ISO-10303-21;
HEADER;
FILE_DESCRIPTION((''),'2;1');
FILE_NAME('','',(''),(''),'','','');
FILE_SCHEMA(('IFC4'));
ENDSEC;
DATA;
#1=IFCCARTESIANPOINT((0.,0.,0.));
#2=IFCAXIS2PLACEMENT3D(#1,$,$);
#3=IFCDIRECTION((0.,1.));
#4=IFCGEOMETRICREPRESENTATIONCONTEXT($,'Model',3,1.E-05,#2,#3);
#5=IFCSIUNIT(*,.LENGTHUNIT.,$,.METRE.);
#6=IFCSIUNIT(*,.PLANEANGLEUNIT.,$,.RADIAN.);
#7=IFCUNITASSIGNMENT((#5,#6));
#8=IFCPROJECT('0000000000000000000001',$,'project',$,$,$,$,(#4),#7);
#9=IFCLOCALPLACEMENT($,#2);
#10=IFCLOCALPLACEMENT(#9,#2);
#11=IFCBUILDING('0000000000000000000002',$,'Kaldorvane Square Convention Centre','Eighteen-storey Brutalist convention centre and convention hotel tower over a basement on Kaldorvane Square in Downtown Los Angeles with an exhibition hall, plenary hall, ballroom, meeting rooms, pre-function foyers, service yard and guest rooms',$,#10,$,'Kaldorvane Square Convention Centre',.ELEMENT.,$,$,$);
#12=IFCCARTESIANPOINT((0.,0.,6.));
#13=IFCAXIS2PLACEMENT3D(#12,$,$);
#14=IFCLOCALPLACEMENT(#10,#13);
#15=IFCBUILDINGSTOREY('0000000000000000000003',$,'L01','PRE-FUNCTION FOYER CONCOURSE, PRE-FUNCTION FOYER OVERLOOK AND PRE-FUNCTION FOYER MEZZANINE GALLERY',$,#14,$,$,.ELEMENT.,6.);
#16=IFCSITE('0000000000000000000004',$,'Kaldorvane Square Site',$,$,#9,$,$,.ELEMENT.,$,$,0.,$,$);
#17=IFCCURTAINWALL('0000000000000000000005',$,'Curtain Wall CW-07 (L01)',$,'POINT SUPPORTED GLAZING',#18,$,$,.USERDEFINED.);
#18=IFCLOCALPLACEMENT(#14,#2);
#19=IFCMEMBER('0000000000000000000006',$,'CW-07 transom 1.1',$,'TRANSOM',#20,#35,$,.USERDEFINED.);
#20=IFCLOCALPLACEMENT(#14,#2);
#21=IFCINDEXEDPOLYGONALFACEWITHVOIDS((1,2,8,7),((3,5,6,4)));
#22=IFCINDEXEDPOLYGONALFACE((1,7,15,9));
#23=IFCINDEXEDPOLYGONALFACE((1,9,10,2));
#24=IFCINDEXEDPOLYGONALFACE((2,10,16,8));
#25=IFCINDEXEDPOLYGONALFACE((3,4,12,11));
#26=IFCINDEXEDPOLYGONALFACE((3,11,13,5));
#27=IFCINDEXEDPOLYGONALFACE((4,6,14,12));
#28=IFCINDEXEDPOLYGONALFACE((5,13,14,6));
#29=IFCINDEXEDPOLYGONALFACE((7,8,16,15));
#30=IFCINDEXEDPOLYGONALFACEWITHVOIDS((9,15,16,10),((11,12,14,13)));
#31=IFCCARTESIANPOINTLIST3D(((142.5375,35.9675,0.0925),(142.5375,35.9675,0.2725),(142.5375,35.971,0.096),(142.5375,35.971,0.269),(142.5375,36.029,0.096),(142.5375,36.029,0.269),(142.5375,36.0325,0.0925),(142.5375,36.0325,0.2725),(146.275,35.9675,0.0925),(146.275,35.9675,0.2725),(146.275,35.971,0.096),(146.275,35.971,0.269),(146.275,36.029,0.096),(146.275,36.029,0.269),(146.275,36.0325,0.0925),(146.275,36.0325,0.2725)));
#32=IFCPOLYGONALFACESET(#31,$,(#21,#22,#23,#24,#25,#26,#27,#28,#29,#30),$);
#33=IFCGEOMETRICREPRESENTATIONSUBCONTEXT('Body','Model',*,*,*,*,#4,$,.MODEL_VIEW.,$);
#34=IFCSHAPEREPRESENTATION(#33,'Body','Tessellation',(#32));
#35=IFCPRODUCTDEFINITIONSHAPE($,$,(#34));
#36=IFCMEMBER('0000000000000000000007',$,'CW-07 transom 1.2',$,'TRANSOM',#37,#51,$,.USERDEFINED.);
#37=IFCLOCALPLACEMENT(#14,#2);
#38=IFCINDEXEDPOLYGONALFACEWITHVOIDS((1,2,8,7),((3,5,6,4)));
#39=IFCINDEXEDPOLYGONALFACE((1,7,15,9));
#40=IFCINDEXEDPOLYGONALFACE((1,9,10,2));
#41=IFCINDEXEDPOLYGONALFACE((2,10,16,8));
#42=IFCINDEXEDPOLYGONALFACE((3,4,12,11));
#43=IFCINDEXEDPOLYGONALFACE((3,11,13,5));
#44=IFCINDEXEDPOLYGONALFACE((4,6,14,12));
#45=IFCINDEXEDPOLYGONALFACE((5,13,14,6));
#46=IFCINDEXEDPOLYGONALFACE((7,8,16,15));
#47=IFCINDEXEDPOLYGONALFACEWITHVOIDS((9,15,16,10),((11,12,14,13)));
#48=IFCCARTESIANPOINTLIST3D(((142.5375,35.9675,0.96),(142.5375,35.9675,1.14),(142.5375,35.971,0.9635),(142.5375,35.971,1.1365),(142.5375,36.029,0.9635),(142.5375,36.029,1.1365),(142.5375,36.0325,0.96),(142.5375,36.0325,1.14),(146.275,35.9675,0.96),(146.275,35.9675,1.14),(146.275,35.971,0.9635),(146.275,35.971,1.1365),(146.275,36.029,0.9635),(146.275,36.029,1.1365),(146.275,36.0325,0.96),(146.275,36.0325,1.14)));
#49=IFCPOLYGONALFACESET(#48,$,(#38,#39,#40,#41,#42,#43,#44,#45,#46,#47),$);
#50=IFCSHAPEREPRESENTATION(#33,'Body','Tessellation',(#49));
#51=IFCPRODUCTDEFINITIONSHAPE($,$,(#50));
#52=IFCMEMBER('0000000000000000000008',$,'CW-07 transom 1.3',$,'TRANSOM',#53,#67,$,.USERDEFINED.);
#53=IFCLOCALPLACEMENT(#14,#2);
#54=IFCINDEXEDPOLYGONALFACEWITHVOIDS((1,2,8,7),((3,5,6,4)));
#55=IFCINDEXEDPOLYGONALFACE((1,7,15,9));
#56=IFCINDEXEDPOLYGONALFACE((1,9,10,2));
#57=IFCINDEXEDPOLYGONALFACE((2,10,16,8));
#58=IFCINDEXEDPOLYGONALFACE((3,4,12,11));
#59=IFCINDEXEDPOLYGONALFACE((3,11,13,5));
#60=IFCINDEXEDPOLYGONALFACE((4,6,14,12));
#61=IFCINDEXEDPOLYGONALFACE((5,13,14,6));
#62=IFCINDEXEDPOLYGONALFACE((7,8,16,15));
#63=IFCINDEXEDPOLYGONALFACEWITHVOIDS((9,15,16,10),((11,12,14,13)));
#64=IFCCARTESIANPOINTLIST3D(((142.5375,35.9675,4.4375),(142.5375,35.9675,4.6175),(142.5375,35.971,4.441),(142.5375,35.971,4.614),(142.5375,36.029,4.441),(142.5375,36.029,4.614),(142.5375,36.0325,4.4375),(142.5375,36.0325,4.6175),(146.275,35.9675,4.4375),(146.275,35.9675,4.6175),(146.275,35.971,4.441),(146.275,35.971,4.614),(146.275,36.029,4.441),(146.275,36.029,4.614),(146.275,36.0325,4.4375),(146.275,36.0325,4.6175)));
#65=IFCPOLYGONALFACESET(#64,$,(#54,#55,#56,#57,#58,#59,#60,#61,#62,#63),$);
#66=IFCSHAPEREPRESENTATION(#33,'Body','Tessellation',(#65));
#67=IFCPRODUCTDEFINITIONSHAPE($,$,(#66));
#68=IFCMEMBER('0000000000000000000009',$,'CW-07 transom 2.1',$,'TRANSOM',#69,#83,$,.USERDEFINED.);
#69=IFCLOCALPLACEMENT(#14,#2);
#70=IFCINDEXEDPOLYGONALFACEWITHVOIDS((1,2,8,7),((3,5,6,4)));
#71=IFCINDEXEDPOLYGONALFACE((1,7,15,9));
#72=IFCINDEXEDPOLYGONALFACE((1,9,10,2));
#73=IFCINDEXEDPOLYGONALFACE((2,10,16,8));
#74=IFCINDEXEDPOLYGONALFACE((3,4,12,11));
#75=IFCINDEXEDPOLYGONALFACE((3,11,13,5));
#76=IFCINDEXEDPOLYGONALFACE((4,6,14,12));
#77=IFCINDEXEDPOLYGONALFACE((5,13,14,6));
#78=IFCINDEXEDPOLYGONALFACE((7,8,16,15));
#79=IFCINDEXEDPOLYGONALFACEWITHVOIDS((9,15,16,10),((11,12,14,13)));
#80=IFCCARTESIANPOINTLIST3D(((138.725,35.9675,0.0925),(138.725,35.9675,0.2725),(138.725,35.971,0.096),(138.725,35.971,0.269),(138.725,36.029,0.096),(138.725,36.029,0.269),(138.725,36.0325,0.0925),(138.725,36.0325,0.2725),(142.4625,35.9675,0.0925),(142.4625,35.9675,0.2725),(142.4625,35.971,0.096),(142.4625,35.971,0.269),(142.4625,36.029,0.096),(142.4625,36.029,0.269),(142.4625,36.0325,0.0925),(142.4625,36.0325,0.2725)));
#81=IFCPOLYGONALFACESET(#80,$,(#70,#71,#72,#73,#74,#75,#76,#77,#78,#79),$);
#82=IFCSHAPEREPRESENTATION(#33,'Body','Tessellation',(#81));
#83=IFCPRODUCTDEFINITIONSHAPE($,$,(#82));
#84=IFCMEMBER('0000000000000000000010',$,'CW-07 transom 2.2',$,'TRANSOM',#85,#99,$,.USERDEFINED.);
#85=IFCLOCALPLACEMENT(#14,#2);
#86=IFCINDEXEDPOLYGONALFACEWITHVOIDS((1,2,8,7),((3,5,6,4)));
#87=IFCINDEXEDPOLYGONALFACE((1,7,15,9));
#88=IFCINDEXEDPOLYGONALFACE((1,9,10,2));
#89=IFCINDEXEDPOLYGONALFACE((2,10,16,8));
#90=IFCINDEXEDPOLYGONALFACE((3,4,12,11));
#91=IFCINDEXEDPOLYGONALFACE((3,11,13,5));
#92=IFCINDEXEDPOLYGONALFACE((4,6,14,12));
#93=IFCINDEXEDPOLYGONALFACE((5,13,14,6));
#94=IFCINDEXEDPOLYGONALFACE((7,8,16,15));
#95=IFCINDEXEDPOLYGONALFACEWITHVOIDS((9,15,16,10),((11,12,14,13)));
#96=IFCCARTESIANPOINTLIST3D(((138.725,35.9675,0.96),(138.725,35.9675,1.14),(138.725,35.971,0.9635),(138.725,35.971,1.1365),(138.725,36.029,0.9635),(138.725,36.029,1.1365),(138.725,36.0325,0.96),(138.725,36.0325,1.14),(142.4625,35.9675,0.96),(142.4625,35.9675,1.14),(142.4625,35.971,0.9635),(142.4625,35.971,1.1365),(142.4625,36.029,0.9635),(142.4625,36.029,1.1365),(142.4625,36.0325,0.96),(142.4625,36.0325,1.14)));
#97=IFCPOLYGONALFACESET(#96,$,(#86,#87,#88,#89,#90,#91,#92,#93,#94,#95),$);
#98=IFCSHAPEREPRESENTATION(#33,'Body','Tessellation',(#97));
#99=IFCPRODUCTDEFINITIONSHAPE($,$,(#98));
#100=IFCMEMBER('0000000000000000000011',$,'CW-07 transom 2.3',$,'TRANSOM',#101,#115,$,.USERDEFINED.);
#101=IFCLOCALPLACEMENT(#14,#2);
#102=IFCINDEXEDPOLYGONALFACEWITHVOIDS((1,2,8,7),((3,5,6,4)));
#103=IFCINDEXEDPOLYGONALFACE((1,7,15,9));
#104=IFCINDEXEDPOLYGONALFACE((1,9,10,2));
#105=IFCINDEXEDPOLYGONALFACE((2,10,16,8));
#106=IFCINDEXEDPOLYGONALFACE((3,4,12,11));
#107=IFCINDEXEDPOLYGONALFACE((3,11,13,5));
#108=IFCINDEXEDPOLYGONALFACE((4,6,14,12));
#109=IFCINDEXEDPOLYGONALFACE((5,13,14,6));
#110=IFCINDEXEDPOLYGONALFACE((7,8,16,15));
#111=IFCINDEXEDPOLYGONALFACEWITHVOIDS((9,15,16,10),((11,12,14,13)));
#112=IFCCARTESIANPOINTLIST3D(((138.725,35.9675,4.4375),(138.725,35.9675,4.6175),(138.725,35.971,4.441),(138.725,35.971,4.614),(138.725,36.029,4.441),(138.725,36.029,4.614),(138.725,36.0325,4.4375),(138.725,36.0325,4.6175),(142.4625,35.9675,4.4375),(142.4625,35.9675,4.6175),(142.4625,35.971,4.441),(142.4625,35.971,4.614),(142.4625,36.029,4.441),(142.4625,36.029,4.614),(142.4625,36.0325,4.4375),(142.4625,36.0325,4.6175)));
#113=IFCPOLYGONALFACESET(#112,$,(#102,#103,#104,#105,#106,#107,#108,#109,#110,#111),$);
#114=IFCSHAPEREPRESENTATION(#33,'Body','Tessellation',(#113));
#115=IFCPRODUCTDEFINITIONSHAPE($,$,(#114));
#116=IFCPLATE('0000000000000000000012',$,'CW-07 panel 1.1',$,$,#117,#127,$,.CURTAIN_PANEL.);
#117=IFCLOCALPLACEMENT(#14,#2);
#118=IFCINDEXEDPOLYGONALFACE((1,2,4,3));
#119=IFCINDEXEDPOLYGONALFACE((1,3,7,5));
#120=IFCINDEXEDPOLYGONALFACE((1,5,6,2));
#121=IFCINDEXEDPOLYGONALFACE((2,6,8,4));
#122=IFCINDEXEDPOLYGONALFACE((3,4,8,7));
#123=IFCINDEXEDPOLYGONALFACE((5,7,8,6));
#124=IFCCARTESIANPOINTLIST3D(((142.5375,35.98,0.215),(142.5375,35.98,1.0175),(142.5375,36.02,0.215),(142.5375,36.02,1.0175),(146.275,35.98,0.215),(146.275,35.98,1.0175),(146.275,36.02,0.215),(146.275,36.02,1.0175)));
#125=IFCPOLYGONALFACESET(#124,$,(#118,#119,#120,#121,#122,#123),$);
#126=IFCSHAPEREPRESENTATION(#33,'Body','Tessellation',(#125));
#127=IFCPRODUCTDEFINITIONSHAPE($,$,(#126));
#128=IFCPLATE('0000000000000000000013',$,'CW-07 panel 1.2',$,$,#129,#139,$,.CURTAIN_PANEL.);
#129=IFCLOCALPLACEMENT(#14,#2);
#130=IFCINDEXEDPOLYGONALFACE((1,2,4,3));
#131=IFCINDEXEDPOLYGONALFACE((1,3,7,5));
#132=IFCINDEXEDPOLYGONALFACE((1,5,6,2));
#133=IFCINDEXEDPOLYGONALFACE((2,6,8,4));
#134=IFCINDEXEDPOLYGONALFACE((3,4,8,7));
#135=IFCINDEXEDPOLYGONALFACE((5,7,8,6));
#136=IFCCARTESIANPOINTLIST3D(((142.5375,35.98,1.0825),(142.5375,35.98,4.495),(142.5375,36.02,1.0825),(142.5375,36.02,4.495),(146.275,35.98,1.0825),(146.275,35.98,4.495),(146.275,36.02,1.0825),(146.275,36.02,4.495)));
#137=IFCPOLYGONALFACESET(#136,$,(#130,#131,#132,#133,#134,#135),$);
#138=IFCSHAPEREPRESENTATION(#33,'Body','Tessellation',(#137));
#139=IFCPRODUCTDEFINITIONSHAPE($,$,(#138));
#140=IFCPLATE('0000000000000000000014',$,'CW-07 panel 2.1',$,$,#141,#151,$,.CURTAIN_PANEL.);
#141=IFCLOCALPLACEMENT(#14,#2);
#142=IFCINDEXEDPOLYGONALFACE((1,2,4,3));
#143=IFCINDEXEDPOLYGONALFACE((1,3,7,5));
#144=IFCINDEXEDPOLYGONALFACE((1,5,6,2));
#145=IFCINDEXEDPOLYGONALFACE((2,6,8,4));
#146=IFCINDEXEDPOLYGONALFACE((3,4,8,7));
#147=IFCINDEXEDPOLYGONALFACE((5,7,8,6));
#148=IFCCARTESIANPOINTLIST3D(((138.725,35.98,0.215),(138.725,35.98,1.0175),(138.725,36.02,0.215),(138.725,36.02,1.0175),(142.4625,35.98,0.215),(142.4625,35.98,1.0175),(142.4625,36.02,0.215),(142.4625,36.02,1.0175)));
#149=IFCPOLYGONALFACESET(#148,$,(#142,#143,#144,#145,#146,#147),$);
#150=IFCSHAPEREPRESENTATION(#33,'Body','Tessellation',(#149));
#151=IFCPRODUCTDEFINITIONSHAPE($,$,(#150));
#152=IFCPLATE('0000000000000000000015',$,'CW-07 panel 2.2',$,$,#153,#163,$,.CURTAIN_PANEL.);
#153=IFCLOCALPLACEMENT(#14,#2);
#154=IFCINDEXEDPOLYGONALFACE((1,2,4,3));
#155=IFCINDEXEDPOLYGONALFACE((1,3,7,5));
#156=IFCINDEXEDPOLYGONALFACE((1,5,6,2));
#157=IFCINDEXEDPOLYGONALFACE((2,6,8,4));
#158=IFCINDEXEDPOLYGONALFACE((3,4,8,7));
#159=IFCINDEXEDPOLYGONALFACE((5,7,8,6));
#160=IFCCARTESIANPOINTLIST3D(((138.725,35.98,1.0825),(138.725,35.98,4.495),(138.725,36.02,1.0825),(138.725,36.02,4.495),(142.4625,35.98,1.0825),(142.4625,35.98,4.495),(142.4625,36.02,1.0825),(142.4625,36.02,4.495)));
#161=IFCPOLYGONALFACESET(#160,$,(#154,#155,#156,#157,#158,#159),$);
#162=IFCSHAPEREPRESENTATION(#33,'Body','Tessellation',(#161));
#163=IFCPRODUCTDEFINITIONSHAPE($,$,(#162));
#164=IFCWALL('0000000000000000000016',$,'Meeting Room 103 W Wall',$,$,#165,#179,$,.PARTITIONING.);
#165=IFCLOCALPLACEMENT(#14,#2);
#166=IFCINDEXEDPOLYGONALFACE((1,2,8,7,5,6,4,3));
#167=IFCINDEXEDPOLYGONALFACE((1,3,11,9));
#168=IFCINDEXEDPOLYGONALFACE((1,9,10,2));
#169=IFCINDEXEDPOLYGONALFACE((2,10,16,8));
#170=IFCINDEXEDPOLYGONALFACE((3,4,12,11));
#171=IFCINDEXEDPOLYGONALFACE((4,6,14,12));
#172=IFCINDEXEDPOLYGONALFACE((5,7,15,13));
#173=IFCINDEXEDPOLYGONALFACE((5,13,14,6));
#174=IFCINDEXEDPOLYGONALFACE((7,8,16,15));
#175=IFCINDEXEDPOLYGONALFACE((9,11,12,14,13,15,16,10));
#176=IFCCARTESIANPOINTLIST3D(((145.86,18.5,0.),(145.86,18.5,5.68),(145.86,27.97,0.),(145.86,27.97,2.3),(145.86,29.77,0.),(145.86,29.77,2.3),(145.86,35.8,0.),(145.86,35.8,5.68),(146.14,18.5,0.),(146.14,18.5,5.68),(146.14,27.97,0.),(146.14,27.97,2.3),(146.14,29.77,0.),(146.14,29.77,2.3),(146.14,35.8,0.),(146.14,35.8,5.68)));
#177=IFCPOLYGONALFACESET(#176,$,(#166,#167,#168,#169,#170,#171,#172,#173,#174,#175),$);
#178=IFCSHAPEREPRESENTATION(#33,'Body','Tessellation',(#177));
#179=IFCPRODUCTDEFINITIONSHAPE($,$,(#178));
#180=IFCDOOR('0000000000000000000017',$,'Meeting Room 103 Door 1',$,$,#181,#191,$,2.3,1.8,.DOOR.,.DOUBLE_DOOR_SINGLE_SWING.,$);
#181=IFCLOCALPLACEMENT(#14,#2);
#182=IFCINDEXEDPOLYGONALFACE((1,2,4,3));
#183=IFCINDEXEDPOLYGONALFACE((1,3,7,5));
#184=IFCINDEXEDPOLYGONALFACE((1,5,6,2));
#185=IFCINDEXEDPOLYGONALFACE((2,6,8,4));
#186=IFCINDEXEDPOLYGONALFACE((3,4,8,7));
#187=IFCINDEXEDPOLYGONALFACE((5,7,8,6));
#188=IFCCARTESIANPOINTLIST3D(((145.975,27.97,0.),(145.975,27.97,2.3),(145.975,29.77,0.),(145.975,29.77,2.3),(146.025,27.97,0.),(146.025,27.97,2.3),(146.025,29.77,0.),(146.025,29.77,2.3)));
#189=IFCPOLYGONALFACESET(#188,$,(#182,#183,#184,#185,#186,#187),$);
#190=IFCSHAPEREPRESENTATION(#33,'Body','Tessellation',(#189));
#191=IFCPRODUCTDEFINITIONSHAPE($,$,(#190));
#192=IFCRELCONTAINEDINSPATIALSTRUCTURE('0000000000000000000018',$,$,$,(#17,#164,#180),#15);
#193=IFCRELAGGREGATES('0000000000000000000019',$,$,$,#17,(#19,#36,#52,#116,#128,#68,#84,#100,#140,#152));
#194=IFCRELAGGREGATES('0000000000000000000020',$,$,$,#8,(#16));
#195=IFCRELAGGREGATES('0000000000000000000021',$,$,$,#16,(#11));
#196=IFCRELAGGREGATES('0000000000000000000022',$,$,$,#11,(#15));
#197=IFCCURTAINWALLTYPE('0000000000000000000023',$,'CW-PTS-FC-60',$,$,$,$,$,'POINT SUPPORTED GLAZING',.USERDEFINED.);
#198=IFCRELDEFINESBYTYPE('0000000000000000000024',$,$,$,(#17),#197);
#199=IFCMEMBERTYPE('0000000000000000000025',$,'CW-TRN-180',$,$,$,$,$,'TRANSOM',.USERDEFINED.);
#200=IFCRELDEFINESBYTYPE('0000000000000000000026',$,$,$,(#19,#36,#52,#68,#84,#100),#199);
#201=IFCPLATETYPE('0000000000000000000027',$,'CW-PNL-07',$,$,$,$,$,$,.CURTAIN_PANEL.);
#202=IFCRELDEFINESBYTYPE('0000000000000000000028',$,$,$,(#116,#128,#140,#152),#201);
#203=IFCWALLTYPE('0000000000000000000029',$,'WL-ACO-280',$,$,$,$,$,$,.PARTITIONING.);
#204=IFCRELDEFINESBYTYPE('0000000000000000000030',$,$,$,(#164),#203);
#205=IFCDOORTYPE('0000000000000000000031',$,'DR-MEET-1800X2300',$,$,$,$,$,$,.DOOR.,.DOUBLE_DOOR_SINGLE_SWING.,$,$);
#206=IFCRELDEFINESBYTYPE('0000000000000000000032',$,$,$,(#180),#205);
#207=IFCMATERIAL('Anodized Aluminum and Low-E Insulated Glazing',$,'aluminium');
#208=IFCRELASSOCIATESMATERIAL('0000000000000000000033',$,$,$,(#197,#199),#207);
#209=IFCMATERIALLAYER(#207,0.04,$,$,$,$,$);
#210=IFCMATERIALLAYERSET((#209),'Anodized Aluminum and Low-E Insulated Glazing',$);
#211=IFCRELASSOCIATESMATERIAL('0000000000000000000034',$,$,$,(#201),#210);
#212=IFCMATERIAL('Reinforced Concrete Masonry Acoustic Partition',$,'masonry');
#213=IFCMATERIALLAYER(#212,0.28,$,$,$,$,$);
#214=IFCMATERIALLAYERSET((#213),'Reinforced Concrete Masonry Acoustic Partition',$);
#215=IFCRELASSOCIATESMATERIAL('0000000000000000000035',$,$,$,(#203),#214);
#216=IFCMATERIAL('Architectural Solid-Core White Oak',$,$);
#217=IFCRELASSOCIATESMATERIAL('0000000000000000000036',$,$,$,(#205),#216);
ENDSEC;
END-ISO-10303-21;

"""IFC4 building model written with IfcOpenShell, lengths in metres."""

from ifc_helpers import new_model, si_unit, direction, frame, frame_2d, origin, origin_2d, place, context, subcontext, project, spatial, rectangle, hollow_rectangle, extrude, material, layer, layer_set, material_profile, profile_set, type_object, element, fill, aggregate, save


model = new_model("IFC4")

# Units and contexts
model_context = context("Model", 3, precision=1e-05, world=origin(), true_north=direction((0.0, 1.0)))
body_context = subcontext(model_context, "Body", "Model", "MODEL_VIEW")
ifc_project = project(units=[si_unit("LENGTHUNIT", "METRE"), si_unit("PLANEANGLEUNIT", "RADIAN")], contexts=[model_context])

# Site, building, storey
site_placement = place(None, origin())
site = spatial("IfcSite", under=ifc_project, at=site_placement, Name="Kaldorvane Square Site", CompositionType="ELEMENT", RefElevation=0.0)
building_placement = place(site_placement, origin())
building = spatial("IfcBuilding", under=site, at=building_placement, Name="Kaldorvane Square Convention Centre", Description="Eighteen-storey Brutalist convention centre and convention hotel tower over a basement on Kaldorvane Square in Downtown Los Angeles with an exhibition hall, plenary hall, ballroom, meeting rooms, pre-function foyers, service yard and guest rooms", LongName="Kaldorvane Square Convention Centre", CompositionType="ELEMENT")
storey_placement = place(building_placement, frame((0.0, 0.0, 6.0)))
storey = spatial("IfcBuildingStorey", under=building, at=storey_placement, Name="L01", Description="PRE-FUNCTION FOYER CONCOURSE, PRE-FUNCTION FOYER OVERLOOK AND PRE-FUNCTION FOYER MEZZANINE GALLERY", CompositionType="ELEMENT", Elevation=6.0)

# Curtain wall, members, plates
ifc_material_1 = material(Name="Anodized Aluminum and Low-E Insulated Glazing", Category="aluminium")
curtain_wall_type = type_object("IfcCurtainWallType", Name="CW-PTS-FC-60", ElementType="POINT SUPPORTED GLAZING", PredefinedType="USERDEFINED", material=ifc_material_1)
curtain_wall_placement = place(storey_placement, origin())
curtain_wall = element("IfcCurtainWall", 1, at=curtain_wall_placement, inside=storey, type_object=curtain_wall_type, Name="Curtain Wall CW-07 (L01)", ObjectType="POINT SUPPORTED GLAZING", PredefinedType="USERDEFINED")
ifc_material_profile_1 = material_profile(ifc_material_1, hollow_rectangle(XDim=0.065, YDim=0.18, WallThickness=0.0035, at=origin_2d()), Name="CWT-180X65")
ifc_profile_set_1 = profile_set([ifc_material_profile_1], Name="Anodized Aluminum and Low-E Insulated Glazing")
member_type_1 = type_object("IfcMemberType", Name="CW-TRN-180", ElementType="TRANSOM", PredefinedType="USERDEFINED", material=ifc_profile_set_1)
member_1_placement = place(storey_placement, frame((146.275, 36.0, 0.1825), z_axis=(-1.0, 0.0, 0.0), x_axis=(0.0, -1.0, 0.0)))
member_1 = element("IfcMember", 2, at=member_1_placement, type_object=member_type_1, Name="CW-07 transom 1.1", ObjectType="TRANSOM", PredefinedType="USERDEFINED", context=body_context, shape_type="SweptSolid", body=[
    extrude(hollow_rectangle(XDim=0.065, YDim=0.18, WallThickness=0.0035, at=origin_2d()), origin(), (0.0, 0.0, 1.0), 3.7375),
])
member_2_placement = place(storey_placement, frame((146.275, 36.0, 1.05), z_axis=(-1.0, 0.0, 0.0), x_axis=(0.0, -1.0, 0.0)))
member_2 = element("IfcMember", 3, at=member_2_placement, type_object=member_type_1, Name="CW-07 transom 1.2", ObjectType="TRANSOM", PredefinedType="USERDEFINED", context=body_context, shape_type="SweptSolid", body=[
    extrude(hollow_rectangle(XDim=0.065, YDim=0.18, WallThickness=0.0035, at=origin_2d()), origin(), (0.0, 0.0, 1.0), 3.7375),
])
member_3_placement = place(storey_placement, frame((146.275, 36.0, 4.5275), z_axis=(-1.0, 0.0, 0.0), x_axis=(0.0, -1.0, 0.0)))
member_3 = element("IfcMember", 4, at=member_3_placement, type_object=member_type_1, Name="CW-07 transom 1.3", ObjectType="TRANSOM", PredefinedType="USERDEFINED", context=body_context, shape_type="SweptSolid", body=[
    extrude(hollow_rectangle(XDim=0.065, YDim=0.18, WallThickness=0.0035, at=origin_2d()), origin(), (0.0, 0.0, 1.0), 3.7375),
])
member_4_placement = place(storey_placement, frame((142.4625, 36.0, 0.1825), z_axis=(-1.0, 0.0, 0.0), x_axis=(0.0, -1.0, 0.0)))
member_4 = element("IfcMember", 5, at=member_4_placement, type_object=member_type_1, Name="CW-07 transom 2.1", ObjectType="TRANSOM", PredefinedType="USERDEFINED", context=body_context, shape_type="SweptSolid", body=[
    extrude(hollow_rectangle(XDim=0.065, YDim=0.18, WallThickness=0.0035, at=origin_2d()), origin(), (0.0, 0.0, 1.0), 3.7375),
])
member_5_placement = place(storey_placement, frame((142.4625, 36.0, 1.05), z_axis=(-1.0, 0.0, 0.0), x_axis=(0.0, -1.0, 0.0)))
member_5 = element("IfcMember", 6, at=member_5_placement, type_object=member_type_1, Name="CW-07 transom 2.2", ObjectType="TRANSOM", PredefinedType="USERDEFINED", context=body_context, shape_type="SweptSolid", body=[
    extrude(hollow_rectangle(XDim=0.065, YDim=0.18, WallThickness=0.0035, at=origin_2d()), origin(), (0.0, 0.0, 1.0), 3.7375),
])
member_6_placement = place(storey_placement, frame((142.4625, 36.0, 4.5275), z_axis=(-1.0, 0.0, 0.0), x_axis=(0.0, -1.0, 0.0)))
member_6 = element("IfcMember", 7, at=member_6_placement, type_object=member_type_1, Name="CW-07 transom 2.3", ObjectType="TRANSOM", PredefinedType="USERDEFINED", context=body_context, shape_type="SweptSolid", body=[
    extrude(hollow_rectangle(XDim=0.065, YDim=0.18, WallThickness=0.0035, at=origin_2d()), origin(), (0.0, 0.0, 1.0), 3.7375),
])
ifc_layer_1 = layer(ifc_material_1, 0.04)
ifc_layer_set_1 = layer_set([ifc_layer_1], Name="Anodized Aluminum and Low-E Insulated Glazing")
plate_type = type_object("IfcPlateType", Name="CW-PNL-07", PredefinedType="CURTAIN_PANEL", material=ifc_layer_set_1)
plate_1_placement = place(storey_placement, frame((144.4062, 36.0, 0.215), z_axis=(0.0, 0.0, 1.0), x_axis=(-1.0, 0.0, 0.0)))
plate_1 = element("IfcPlate", 8, at=plate_1_placement, type_object=plate_type, Name="CW-07 panel 1.1", PredefinedType="CURTAIN_PANEL", context=body_context, shape_type="SweptSolid", body=[
    extrude(rectangle(XDim=3.7375, YDim=0.04, at=origin_2d()), origin(), (0.0, 0.0, 1.0), 0.8025),
])
plate_2_placement = place(storey_placement, frame((144.4062, 36.0, 1.0825), z_axis=(0.0, 0.0, 1.0), x_axis=(-1.0, 0.0, 0.0)))
plate_2 = element("IfcPlate", 9, at=plate_2_placement, type_object=plate_type, Name="CW-07 panel 1.2", PredefinedType="CURTAIN_PANEL", context=body_context, shape_type="SweptSolid", body=[
    extrude(rectangle(XDim=3.7375, YDim=0.04, at=origin_2d()), origin(), (0.0, 0.0, 1.0), 3.4125),
])
plate_3_placement = place(storey_placement, frame((140.5938, 36.0, 0.215), z_axis=(0.0, 0.0, 1.0), x_axis=(-1.0, 0.0, 0.0)))
plate_3 = element("IfcPlate", 10, at=plate_3_placement, type_object=plate_type, Name="CW-07 panel 2.1", PredefinedType="CURTAIN_PANEL", context=body_context, shape_type="SweptSolid", body=[
    extrude(rectangle(XDim=3.7375, YDim=0.04, at=origin_2d()), origin(), (0.0, 0.0, 1.0), 0.8025),
])
plate_4_placement = place(storey_placement, frame((140.5938, 36.0, 1.0825), z_axis=(0.0, 0.0, 1.0), x_axis=(-1.0, 0.0, 0.0)))
plate_4 = element("IfcPlate", 11, at=plate_4_placement, type_object=plate_type, Name="CW-07 panel 2.2", PredefinedType="CURTAIN_PANEL", context=body_context, shape_type="SweptSolid", body=[
    extrude(rectangle(XDim=3.7375, YDim=0.04, at=origin_2d()), origin(), (0.0, 0.0, 1.0), 3.4125),
])
aggregate(curtain_wall, [member_1, member_2, member_3, plate_1, plate_2, member_4, member_5, member_6, plate_3, plate_4])

# Wall, opening, door
ifc_material_2 = material(Name="Reinforced Concrete Masonry Acoustic Partition", Category="masonry")
ifc_layer_2 = layer(ifc_material_2, 0.28)
ifc_layer_set_2 = layer_set([ifc_layer_2], Name="Reinforced Concrete Masonry Acoustic Partition")
wall_type_1 = type_object("IfcWallType", Name="WL-ACO-280", PredefinedType="PARTITIONING", material=ifc_layer_set_2)
wall_1_placement = place(storey_placement, frame((146.0, 35.8, 0.0), z_axis=(0.0, 0.0, 1.0), x_axis=(0.0, -1.0, 0.0)))
wall_1 = element("IfcWall", 12, at=wall_1_placement, inside=storey, type_object=wall_type_1, Name="Meeting Room 103 W Wall", PredefinedType="PARTITIONING", context=body_context, shape_type="SweptSolid", body=[
    extrude(rectangle(XDim=17.3, YDim=0.28, at=frame_2d((8.65, 0.0))), origin(), (0.0, 0.0, 1.0), 5.68),
])
opening_placement = place(wall_1_placement, frame((6.03, 0.0, 0.0)))
opening = element("IfcOpeningElement", 13, at=opening_placement, cuts=wall_1, PredefinedType="OPENING", context=body_context, shape_type="SweptSolid", body=[
    extrude(rectangle(XDim=1.8, YDim=2.3, at=frame_2d((0.9, 1.15))), frame((0.0, 0.155, 0.0), z_axis=(0.0, -1.0, 0.0), x_axis=(1.0, 0.0, 0.0)), (0.0, 0.0, 1.0), 0.31),
])
ifc_material_3 = material(Name="Architectural Solid-Core White Oak")
door_type = type_object("IfcDoorType", Name="DR-MEET-1800X2300", OperationType="DOUBLE_DOOR_SINGLE_SWING", PredefinedType="DOOR", material=ifc_material_3)
door_placement = place(opening_placement, origin())
door = element("IfcDoor", 14, at=door_placement, inside=storey, type_object=door_type, Name="Meeting Room 103 Door 1", OperationType="DOUBLE_DOOR_SINGLE_SWING", OverallHeight=2.3, OverallWidth=1.8, PredefinedType="DOOR", context=body_context, shape_type="SweptSolid", body=[
    extrude(rectangle(XDim=1.8, YDim=2.3, at=frame_2d((0.9, 1.15))), frame((0.0, 0.025, 0.0), z_axis=(0.0, -1.0, 0.0), x_axis=(1.0, 0.0, 0.0)), (0.0, 0.0, 1.0), 0.05),
])
fill(opening, door)

save(model, "model.ifc")
